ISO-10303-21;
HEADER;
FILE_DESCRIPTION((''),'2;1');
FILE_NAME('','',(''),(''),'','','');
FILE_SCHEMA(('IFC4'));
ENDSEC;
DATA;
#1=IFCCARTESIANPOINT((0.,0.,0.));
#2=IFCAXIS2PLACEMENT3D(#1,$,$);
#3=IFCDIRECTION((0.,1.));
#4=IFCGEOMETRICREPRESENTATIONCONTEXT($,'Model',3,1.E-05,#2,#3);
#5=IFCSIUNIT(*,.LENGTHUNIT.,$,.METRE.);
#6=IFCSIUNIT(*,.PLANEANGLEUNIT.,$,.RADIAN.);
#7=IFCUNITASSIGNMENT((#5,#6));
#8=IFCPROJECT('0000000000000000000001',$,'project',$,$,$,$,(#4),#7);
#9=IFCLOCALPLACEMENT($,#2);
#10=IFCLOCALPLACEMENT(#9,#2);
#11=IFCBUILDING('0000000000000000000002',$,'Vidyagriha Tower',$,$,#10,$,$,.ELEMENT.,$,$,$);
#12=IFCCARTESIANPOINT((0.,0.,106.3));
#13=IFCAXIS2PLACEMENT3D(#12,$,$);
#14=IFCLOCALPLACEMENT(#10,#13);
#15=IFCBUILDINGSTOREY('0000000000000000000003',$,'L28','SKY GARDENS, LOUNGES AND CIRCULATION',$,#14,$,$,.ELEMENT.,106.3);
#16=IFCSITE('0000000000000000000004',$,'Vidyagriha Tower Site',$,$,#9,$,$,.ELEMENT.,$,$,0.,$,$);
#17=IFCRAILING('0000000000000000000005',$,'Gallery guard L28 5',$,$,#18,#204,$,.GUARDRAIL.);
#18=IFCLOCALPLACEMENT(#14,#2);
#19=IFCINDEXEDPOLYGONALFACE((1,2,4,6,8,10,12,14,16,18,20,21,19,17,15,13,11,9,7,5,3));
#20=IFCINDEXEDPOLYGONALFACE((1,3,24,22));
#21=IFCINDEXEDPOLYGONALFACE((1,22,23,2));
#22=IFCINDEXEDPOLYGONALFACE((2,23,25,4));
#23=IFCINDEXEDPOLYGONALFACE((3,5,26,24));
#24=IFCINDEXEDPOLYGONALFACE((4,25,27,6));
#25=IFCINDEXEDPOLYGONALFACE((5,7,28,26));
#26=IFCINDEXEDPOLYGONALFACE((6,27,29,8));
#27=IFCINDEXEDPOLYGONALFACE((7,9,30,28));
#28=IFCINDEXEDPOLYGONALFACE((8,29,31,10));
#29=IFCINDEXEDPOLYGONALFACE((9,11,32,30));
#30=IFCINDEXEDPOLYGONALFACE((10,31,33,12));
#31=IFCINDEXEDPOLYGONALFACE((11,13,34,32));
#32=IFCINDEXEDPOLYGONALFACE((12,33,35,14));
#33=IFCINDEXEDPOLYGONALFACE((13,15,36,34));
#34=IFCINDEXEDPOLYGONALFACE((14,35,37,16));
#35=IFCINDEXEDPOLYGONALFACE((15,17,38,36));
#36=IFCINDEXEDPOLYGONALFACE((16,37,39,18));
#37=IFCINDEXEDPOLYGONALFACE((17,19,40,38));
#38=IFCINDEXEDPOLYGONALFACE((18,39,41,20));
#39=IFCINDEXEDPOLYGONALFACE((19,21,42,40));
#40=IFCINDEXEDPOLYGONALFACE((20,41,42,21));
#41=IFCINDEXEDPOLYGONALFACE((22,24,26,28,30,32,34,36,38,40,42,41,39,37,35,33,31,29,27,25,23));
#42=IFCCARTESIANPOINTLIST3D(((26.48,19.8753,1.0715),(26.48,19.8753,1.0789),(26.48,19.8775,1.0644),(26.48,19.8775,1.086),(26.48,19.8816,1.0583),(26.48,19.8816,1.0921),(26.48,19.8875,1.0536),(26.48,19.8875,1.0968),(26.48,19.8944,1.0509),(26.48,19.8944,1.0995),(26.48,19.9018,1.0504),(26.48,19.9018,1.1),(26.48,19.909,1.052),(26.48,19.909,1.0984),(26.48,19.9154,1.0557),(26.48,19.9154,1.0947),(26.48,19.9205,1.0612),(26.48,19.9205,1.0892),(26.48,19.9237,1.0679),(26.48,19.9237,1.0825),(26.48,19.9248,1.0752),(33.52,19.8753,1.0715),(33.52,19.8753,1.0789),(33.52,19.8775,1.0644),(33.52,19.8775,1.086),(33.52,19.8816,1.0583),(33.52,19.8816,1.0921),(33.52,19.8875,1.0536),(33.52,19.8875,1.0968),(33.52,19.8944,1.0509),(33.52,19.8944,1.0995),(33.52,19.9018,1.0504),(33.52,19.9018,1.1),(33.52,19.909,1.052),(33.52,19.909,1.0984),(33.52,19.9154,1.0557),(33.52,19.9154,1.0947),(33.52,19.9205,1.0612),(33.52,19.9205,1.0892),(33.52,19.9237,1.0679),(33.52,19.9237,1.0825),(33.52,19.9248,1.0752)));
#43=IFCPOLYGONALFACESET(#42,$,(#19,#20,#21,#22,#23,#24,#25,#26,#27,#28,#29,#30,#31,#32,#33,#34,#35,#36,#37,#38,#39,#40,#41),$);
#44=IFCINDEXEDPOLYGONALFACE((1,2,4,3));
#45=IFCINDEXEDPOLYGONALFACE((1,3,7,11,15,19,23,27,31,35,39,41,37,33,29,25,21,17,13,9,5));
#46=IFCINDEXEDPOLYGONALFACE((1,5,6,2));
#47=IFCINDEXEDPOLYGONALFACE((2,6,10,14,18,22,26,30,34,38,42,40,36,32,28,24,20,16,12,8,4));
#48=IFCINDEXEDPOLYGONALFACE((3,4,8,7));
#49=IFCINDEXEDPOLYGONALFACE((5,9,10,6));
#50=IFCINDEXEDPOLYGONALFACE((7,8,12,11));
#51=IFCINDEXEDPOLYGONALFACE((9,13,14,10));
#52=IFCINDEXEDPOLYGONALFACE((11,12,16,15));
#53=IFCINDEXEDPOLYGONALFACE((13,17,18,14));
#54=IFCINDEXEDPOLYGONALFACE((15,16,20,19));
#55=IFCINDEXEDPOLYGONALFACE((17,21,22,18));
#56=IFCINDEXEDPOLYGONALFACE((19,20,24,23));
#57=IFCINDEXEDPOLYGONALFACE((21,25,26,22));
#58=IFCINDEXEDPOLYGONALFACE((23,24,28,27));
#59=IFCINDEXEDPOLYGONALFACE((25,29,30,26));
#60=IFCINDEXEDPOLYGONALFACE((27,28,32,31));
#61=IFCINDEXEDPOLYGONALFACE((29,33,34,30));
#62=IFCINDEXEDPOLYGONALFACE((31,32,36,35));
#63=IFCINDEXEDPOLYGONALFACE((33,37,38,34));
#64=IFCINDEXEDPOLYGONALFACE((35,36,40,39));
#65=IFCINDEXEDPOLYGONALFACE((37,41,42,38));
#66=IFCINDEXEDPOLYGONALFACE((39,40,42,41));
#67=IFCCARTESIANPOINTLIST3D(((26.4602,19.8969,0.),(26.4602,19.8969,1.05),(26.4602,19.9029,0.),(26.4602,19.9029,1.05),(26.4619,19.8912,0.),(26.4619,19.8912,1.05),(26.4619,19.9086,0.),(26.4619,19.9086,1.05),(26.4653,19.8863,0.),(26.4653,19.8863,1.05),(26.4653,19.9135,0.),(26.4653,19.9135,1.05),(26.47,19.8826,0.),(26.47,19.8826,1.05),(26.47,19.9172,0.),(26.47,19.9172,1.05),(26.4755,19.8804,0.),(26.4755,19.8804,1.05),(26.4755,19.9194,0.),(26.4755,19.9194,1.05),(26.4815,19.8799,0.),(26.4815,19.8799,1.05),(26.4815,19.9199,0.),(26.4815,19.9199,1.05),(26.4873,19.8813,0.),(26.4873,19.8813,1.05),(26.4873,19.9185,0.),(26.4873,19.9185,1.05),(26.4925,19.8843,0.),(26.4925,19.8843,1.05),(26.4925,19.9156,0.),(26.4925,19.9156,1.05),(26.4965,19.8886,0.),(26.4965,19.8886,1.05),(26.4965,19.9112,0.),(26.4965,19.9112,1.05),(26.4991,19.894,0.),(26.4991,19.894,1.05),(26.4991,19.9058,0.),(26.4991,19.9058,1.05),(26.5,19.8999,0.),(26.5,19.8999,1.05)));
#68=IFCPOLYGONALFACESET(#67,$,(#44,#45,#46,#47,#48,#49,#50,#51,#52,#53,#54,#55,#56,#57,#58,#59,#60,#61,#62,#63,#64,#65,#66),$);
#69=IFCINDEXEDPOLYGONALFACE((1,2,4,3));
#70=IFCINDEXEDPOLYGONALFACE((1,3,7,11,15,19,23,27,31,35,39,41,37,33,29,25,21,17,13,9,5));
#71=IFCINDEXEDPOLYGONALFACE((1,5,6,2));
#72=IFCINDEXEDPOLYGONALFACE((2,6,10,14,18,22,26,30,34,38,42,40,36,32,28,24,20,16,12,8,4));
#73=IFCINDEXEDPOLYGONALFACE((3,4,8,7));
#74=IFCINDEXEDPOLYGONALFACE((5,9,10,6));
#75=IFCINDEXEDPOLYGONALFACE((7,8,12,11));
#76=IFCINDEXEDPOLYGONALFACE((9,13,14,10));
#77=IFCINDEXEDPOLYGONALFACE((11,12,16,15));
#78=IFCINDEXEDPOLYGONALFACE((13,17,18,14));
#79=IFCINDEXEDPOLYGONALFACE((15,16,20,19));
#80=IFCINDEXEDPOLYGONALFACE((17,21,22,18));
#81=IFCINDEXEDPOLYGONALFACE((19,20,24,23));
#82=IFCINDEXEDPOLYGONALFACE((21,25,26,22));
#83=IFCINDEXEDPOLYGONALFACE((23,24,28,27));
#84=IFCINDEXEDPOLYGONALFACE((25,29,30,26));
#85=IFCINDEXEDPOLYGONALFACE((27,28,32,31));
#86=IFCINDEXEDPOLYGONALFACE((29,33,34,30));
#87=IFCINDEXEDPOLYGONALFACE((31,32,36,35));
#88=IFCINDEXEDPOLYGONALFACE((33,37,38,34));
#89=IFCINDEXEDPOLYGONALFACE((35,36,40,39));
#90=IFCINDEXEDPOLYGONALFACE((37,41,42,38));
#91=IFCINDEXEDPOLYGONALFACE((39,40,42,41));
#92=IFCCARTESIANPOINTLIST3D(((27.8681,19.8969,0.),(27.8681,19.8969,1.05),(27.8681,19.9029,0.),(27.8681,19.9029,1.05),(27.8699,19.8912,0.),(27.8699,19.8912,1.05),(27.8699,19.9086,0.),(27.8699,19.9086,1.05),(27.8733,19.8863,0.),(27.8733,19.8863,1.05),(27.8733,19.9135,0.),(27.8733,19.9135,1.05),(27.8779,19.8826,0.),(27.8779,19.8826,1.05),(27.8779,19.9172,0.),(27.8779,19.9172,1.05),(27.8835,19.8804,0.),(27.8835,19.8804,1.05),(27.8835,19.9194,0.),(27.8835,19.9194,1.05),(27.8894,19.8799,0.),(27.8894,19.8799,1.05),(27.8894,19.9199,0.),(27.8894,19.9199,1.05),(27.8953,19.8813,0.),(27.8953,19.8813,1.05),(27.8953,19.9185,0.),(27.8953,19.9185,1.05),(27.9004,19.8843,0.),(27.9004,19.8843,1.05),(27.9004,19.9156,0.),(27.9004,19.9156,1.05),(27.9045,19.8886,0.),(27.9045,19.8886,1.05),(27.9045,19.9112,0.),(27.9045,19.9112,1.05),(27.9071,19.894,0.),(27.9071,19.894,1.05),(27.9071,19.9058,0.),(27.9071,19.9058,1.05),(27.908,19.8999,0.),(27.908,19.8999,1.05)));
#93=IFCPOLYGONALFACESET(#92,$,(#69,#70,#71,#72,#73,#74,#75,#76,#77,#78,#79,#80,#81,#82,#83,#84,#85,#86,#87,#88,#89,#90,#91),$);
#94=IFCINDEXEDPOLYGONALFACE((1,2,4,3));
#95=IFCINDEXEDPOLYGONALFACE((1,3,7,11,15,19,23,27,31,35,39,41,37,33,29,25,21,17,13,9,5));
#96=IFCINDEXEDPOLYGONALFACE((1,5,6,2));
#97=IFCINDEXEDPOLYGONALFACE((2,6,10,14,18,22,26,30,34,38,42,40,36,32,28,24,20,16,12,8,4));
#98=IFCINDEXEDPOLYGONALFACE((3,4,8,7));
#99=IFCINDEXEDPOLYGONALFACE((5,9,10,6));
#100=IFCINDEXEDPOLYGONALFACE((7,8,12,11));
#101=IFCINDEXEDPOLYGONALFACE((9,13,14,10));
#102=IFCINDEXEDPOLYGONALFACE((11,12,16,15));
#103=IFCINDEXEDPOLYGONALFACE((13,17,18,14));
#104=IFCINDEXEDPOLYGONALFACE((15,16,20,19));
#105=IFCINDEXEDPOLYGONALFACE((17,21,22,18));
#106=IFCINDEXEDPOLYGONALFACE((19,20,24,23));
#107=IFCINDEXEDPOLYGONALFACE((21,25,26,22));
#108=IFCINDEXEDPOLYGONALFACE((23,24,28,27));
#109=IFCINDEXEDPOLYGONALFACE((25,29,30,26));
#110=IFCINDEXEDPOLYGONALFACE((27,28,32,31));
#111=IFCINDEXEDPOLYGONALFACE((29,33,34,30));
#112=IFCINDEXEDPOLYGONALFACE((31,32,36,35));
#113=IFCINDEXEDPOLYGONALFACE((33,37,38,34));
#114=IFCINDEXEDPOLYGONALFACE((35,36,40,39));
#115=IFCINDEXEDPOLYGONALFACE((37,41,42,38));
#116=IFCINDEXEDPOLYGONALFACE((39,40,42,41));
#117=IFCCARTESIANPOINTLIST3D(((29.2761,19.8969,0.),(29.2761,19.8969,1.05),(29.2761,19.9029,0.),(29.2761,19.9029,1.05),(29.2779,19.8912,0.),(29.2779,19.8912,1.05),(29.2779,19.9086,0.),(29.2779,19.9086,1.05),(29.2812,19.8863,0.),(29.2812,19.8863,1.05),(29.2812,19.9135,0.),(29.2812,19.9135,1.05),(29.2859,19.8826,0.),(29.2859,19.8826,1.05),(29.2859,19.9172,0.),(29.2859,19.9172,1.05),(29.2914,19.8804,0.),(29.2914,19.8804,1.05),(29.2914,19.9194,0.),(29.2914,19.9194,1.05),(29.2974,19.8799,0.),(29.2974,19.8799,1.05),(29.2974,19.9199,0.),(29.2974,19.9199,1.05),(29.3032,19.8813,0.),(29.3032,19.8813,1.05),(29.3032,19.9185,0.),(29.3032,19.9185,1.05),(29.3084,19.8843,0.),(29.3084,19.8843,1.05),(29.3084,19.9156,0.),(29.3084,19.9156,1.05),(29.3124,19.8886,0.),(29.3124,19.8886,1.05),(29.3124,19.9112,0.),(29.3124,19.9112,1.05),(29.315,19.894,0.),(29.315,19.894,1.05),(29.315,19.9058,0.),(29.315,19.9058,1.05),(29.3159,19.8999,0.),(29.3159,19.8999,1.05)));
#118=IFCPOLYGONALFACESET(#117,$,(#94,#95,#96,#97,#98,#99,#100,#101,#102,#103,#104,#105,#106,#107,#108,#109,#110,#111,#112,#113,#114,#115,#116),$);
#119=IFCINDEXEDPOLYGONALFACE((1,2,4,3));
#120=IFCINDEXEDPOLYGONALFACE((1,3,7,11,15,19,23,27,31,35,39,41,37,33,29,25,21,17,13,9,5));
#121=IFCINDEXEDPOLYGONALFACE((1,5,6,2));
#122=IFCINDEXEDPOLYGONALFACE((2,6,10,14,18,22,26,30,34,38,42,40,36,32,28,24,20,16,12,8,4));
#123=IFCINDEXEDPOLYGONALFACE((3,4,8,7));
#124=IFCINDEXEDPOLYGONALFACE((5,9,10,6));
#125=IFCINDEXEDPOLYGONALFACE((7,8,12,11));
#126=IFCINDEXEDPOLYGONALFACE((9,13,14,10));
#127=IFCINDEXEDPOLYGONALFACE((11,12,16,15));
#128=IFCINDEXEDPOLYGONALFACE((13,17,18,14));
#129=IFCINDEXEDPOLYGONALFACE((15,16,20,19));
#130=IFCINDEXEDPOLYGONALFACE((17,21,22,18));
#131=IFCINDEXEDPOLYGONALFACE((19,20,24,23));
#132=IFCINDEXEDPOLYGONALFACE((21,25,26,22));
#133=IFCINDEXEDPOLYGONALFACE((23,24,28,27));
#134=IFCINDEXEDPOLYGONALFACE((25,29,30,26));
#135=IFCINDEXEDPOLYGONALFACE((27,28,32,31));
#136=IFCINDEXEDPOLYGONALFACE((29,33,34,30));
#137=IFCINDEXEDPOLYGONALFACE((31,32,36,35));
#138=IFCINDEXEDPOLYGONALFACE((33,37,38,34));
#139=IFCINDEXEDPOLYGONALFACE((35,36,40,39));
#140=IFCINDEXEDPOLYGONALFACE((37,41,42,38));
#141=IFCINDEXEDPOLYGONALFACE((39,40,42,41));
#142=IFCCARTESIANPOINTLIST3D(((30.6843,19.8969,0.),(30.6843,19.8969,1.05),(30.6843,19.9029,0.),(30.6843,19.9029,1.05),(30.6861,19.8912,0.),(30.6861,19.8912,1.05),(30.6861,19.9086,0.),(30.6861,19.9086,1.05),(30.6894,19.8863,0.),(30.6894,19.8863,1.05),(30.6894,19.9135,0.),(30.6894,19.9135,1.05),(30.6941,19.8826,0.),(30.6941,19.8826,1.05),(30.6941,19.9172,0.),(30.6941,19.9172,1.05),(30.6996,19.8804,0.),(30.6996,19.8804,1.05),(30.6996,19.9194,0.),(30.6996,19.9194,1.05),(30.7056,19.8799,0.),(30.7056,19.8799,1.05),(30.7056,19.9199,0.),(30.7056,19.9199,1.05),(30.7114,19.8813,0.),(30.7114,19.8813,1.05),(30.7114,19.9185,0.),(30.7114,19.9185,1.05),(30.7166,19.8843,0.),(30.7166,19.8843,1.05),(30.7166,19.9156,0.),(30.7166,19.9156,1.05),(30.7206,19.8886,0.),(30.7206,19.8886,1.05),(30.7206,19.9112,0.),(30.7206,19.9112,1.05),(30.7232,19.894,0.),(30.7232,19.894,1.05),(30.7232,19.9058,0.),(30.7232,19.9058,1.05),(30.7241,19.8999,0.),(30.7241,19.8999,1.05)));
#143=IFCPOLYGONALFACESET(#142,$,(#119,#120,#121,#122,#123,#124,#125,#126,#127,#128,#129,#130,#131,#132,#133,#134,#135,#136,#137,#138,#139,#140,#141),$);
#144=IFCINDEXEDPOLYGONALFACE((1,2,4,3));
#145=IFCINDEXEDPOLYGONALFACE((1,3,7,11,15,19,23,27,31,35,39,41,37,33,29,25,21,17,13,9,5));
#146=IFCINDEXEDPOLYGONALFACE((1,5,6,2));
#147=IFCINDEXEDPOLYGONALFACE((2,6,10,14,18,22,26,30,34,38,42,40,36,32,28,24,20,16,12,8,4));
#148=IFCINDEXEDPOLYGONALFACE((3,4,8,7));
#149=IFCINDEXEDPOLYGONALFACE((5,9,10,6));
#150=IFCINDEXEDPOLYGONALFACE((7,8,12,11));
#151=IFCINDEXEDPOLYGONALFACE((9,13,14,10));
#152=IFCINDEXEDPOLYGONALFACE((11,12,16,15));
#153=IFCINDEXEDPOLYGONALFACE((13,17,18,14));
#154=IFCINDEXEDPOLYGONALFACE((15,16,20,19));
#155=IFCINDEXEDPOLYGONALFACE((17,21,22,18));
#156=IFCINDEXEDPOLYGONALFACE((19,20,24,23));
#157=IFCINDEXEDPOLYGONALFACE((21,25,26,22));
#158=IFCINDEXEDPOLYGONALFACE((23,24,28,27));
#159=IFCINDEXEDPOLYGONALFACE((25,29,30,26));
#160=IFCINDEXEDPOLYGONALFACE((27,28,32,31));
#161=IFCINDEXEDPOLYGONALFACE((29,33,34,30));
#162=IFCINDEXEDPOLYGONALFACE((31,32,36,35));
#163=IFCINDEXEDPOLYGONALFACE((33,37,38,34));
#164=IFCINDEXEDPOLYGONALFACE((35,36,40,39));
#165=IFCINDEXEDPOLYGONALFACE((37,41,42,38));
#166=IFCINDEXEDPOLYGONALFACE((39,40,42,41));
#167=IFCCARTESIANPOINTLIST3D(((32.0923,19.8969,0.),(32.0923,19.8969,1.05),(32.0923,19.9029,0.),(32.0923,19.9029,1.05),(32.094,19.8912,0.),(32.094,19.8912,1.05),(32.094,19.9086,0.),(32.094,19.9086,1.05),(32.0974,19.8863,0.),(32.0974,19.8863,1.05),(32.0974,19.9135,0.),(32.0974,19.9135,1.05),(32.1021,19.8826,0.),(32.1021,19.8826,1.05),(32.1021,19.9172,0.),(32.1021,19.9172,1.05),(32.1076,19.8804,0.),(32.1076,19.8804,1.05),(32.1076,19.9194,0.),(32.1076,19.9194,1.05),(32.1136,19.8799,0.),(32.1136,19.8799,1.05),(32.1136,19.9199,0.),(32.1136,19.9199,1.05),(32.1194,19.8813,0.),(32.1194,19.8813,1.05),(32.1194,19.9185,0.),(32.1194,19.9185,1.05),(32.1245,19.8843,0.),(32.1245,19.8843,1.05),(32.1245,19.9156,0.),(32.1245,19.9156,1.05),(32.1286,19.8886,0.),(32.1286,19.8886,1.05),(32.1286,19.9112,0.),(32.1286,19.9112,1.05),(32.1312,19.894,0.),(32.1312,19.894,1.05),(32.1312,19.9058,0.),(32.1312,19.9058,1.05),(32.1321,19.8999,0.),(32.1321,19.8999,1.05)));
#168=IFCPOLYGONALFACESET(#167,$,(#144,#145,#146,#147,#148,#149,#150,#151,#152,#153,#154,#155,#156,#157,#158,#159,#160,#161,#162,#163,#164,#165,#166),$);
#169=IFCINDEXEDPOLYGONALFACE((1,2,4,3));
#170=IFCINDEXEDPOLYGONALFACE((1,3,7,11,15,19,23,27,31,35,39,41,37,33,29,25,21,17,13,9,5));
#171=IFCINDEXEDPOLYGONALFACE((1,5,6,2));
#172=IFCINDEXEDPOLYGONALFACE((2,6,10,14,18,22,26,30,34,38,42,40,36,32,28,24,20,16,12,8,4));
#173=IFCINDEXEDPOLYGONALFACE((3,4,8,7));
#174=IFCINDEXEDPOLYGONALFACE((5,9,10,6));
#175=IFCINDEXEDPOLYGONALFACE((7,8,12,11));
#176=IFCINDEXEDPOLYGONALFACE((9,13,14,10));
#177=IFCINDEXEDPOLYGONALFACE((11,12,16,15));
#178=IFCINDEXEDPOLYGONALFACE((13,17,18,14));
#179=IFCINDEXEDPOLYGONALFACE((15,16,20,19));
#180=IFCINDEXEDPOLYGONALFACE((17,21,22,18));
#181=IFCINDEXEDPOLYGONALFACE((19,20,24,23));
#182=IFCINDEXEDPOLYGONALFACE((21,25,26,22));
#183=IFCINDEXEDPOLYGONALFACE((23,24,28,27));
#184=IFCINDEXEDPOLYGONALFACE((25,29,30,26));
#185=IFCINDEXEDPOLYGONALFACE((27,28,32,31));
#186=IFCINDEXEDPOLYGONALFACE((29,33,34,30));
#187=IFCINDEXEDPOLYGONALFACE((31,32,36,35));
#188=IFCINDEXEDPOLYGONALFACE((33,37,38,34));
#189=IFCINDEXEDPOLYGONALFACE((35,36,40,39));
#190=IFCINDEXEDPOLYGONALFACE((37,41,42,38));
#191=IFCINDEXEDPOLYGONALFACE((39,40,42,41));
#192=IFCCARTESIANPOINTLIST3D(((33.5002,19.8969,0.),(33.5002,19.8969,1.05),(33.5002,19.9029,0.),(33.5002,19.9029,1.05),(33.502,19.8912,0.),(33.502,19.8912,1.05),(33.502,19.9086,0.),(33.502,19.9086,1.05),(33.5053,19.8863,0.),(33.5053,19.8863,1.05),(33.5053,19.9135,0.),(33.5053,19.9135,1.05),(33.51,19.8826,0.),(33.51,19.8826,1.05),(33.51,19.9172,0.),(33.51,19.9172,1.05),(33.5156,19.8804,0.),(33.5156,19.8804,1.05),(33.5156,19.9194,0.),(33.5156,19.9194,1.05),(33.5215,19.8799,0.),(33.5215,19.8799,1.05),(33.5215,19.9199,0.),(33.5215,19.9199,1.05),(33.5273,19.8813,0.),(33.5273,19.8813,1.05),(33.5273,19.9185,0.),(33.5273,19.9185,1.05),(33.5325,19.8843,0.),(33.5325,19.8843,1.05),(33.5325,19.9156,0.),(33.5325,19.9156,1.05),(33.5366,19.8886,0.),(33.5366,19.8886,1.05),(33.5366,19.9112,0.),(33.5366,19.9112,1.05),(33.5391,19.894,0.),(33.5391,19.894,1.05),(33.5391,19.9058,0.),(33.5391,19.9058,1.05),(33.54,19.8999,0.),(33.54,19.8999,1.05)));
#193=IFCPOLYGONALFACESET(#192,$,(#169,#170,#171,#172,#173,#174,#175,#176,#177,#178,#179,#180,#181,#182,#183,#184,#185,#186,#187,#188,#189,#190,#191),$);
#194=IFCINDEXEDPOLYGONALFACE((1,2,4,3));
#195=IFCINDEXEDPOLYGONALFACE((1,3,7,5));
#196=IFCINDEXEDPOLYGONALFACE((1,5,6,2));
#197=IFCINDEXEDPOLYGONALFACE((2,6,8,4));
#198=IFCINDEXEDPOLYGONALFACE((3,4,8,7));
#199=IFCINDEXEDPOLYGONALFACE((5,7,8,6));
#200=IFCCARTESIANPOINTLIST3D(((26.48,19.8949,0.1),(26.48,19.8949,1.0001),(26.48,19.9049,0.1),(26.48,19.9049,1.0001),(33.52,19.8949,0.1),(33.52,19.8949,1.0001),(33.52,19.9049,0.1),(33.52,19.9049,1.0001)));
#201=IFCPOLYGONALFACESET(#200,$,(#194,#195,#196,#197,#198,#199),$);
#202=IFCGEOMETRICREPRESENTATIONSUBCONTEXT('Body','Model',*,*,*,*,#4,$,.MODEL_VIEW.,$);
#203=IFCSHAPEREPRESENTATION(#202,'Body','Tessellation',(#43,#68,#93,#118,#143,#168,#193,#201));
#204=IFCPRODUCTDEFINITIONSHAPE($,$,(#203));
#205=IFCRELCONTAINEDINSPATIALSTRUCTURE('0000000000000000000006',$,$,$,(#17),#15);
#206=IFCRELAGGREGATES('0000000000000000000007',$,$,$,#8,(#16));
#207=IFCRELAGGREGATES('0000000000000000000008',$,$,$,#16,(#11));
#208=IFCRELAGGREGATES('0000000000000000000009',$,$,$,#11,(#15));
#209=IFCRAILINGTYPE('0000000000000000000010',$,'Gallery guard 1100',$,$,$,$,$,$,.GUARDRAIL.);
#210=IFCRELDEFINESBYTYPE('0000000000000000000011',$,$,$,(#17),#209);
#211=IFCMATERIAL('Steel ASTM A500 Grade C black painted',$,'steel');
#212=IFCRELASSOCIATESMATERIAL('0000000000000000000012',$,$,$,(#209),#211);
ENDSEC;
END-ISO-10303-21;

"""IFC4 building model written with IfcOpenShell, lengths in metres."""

from ifc_helpers import new_model, si_unit, direction, frame, origin, origin_2d, place, context, subcontext, project, spatial, rectangle, circle, extrude, material, type_object, element, save


model = new_model("IFC4")

# Units and contexts
model_context = context("Model", 3, precision=1e-05, world=origin(), true_north=direction((0.0, 1.0)))
body_context = subcontext(model_context, "Body", "Model", "MODEL_VIEW")
ifc_project = project(units=[si_unit("LENGTHUNIT", "METRE"), si_unit("PLANEANGLEUNIT", "RADIAN")], contexts=[model_context])

# Site, building, storey
site_placement = place(None, origin())
site = spatial("IfcSite", under=ifc_project, at=site_placement, Name="Vidyagriha Tower Site", CompositionType="ELEMENT", RefElevation=0.0)
building_placement = place(site_placement, origin())
building = spatial("IfcBuilding", under=site, at=building_placement, Name="Vidyagriha Tower", CompositionType="ELEMENT")
storey_placement = place(building_placement, frame((0.0, 0.0, 106.3)))
storey = spatial("IfcBuildingStorey", under=building, at=storey_placement, Name="L28", Description="SKY GARDENS, LOUNGES AND CIRCULATION", CompositionType="ELEMENT", Elevation=106.3)

# Railing
ifc_material_1 = material(Name="Steel ASTM A500 Grade C black painted", Category="steel")
railing_type = type_object("IfcRailingType", Name="Gallery guard 1100", PredefinedType="GUARDRAIL", material=ifc_material_1)
for number, where, name in (
    (1, (26.48, 19.8999, 0.0), "Gallery guard L28 5"),
):
    element("IfcRailing", number, at=place(storey_placement, frame(where)), inside=storey, type_object=railing_type, Name=name, PredefinedType="GUARDRAIL", context=body_context, shape_type="SweptSolid", body=[
        extrude(circle(Radius=0.0249, at=origin_2d()), frame((0.0, 0.0, 1.0752), z_axis=(1.0, 0.0, 0.0), x_axis=(0.0, 1.0, 0.0)), (0.0, 0.0, 1.0), 7.04),
        extrude(circle(Radius=0.02, at=origin_2d()), origin(), (0.0, 0.0, 1.0), 1.05),
        extrude(circle(Radius=0.02, at=origin_2d()), frame((1.408, 0.0, 0.0)), (0.0, 0.0, 1.0), 1.05),
        extrude(circle(Radius=0.02, at=origin_2d()), frame((2.8159, 0.0, 0.0)), (0.0, 0.0, 1.0), 1.05),
        extrude(circle(Radius=0.02, at=origin_2d()), frame((4.2241, 0.0, 0.0)), (0.0, 0.0, 1.0), 1.05),
        extrude(circle(Radius=0.02, at=origin_2d()), frame((5.6321, 0.0, 0.0)), (0.0, 0.0, 1.0), 1.05),
        extrude(circle(Radius=0.02, at=origin_2d()), frame((7.04, 0.0, 0.0)), (0.0, 0.0, 1.0), 1.05),
        extrude(rectangle(XDim=0.01, YDim=0.9001, at=origin_2d()), frame((0.0, 0.0, 0.55), z_axis=(1.0, 0.0, 0.0), x_axis=(0.0, 1.0, 0.0)), (0.0, 0.0, 1.0), 7.04),
    ])

save(model, "model.ifc")
